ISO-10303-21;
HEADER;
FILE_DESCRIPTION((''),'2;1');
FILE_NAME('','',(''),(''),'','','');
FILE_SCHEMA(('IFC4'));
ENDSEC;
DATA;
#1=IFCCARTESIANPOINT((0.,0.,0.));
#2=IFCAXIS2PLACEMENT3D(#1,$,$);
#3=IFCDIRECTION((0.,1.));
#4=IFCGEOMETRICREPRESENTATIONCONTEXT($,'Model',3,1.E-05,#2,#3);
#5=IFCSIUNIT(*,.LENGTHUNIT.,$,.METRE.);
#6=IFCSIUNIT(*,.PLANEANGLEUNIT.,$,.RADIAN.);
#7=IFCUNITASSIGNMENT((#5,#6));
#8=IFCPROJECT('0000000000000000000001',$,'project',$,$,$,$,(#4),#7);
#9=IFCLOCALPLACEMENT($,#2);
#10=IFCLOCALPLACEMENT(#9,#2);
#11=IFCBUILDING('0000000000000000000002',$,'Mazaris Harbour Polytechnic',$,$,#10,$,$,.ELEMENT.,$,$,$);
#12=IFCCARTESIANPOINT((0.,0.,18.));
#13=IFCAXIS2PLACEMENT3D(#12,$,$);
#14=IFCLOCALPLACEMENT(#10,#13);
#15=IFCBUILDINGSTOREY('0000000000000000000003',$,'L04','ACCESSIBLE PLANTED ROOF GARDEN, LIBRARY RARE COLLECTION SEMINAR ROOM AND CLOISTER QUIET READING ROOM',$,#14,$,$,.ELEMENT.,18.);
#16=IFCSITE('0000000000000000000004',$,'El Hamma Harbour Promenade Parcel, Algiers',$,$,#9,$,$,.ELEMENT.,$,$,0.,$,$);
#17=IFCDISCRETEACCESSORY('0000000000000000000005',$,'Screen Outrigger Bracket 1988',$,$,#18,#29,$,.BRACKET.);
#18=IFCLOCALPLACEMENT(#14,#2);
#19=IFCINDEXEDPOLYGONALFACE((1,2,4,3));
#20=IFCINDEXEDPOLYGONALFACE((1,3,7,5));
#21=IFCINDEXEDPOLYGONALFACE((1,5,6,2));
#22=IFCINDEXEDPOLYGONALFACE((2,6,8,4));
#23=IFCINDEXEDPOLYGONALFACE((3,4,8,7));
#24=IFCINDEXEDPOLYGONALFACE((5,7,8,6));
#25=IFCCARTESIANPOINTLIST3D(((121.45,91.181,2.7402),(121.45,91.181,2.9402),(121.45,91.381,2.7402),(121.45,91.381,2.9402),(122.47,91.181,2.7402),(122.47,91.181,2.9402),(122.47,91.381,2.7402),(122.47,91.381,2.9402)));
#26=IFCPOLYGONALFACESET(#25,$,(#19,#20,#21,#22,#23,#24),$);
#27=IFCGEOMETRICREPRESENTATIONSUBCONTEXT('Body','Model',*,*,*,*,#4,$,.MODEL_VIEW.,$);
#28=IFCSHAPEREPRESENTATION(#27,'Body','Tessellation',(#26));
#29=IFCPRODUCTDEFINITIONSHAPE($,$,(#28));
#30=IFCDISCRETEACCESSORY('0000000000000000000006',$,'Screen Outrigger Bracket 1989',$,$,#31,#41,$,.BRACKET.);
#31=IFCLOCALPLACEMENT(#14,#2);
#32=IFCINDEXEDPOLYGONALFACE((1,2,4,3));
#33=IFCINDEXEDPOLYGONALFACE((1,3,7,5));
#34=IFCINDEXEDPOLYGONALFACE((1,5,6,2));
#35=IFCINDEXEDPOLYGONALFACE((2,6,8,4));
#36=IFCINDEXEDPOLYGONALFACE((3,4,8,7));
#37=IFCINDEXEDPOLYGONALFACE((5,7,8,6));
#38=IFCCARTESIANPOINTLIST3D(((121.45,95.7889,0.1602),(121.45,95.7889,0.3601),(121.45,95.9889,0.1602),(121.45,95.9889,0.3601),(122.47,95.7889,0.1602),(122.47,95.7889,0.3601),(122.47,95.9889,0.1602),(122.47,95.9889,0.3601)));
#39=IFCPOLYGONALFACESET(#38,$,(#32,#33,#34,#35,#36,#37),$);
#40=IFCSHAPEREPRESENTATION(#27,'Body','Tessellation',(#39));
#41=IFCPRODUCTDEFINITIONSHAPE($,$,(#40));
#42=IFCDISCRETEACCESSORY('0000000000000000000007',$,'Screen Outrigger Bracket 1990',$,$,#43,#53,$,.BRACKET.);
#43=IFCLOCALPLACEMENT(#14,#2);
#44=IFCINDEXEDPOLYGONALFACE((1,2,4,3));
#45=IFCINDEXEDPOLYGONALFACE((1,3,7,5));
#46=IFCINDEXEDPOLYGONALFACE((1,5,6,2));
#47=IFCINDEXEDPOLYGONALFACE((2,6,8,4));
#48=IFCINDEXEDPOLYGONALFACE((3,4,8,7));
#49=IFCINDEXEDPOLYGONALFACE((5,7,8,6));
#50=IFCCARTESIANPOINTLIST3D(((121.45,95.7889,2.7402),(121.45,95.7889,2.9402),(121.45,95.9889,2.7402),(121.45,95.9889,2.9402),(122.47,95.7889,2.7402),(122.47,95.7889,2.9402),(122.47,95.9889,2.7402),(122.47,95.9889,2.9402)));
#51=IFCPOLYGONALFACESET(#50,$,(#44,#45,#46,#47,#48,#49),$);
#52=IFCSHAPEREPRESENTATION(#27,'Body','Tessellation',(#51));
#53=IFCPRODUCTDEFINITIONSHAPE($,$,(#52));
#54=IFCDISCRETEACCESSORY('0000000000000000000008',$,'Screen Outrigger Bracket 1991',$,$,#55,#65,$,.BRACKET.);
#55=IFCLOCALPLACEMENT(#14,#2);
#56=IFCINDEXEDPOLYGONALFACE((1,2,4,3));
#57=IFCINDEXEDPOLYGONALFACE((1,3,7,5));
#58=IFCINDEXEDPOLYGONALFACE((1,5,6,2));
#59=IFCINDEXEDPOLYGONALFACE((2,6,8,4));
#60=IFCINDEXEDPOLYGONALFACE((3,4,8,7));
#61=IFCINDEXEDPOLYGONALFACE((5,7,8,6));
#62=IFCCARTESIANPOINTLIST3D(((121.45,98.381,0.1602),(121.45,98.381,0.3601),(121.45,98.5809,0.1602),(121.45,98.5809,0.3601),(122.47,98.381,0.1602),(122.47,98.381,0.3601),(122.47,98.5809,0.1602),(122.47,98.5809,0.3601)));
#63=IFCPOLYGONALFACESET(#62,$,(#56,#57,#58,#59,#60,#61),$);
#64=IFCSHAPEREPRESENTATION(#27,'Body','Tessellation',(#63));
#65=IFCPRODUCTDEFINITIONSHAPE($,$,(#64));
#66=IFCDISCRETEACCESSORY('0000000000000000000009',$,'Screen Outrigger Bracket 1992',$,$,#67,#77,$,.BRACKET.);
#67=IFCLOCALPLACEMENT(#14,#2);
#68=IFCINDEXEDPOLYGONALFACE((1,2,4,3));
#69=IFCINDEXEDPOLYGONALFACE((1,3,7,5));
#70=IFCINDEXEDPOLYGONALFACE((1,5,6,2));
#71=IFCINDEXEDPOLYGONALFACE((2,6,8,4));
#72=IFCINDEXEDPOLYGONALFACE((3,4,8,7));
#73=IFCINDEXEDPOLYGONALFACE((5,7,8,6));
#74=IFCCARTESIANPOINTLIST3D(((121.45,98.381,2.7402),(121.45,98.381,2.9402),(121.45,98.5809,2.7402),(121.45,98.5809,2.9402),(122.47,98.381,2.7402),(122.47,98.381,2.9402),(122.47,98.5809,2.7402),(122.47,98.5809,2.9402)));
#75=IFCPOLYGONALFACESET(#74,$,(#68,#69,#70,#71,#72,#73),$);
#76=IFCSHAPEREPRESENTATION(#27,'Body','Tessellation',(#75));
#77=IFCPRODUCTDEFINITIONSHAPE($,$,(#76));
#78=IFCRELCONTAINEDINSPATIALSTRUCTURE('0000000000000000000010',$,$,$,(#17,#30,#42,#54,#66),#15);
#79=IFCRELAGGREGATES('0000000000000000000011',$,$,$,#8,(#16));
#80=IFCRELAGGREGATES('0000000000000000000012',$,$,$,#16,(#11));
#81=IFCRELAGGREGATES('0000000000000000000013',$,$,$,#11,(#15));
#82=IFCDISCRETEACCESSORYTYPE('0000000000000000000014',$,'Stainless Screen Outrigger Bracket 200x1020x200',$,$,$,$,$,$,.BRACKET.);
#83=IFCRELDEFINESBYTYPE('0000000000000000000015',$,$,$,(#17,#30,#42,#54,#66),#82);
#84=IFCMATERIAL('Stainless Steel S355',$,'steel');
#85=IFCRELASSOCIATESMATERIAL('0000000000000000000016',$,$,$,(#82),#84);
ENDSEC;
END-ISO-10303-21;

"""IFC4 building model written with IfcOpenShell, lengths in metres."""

from ifc_helpers import new_model, si_unit, direction, frame, origin, origin_2d, place, context, subcontext, project, spatial, rectangle, extrude, material, type_object, element, save


model = new_model("IFC4")

# Units and contexts
model_context = context("Model", 3, precision=1e-05, world=origin(), true_north=direction((0.0, 1.0)))
body_context = subcontext(model_context, "Body", "Model", "MODEL_VIEW")
ifc_project = project(units=[si_unit("LENGTHUNIT", "METRE"), si_unit("PLANEANGLEUNIT", "RADIAN")], contexts=[model_context])

# Site, building, storey
site_placement = place(None, origin())
site = spatial("IfcSite", under=ifc_project, at=site_placement, Name="El Hamma Harbour Promenade Parcel, Algiers", CompositionType="ELEMENT", RefElevation=0.0)
building_placement = place(site_placement, origin())
building = spatial("IfcBuilding", under=site, at=building_placement, Name="Mazaris Harbour Polytechnic", CompositionType="ELEMENT")
storey_placement = place(building_placement, frame((0.0, 0.0, 18.0)))
storey = spatial("IfcBuildingStorey", under=building, at=storey_placement, Name="L04", Description="ACCESSIBLE PLANTED ROOF GARDEN, LIBRARY RARE COLLECTION SEMINAR ROOM AND CLOISTER QUIET READING ROOM", CompositionType="ELEMENT", Elevation=18.0)

# Discrete accessories
ifc_material_1 = material(Name="Stainless Steel S355", Category="steel")
discrete_accessory_type = type_object("IfcDiscreteAccessoryType", Name="Stainless Screen Outrigger Bracket 200x1020x200", PredefinedType="BRACKET", material=ifc_material_1)
for number, where, z_axis, x_axis, name in (
    (1, (121.96, 91.281, 2.7402), (0.0, 0.0, 1.0), (0.0, 1.0, 0.0), "Screen Outrigger Bracket 1988"),
    (2, (121.96, 95.8889, 0.1602), (0.0, 0.0, 1.0), (0.0, 1.0, 0.0), "Screen Outrigger Bracket 1989"),
    (3, (121.96, 95.8889, 2.7402), (0.0, 0.0, 1.0), (0.0, 1.0, 0.0), "Screen Outrigger Bracket 1990"),
    (4, (121.96, 98.481, 0.1602), (0.0, 0.0, 1.0), (0.0, 1.0, 0.0), "Screen Outrigger Bracket 1991"),
    (5, (121.96, 98.481, 2.7402), (0.0, 0.0, 1.0), (0.0, 1.0, 0.0), "Screen Outrigger Bracket 1992"),
):
    element("IfcDiscreteAccessory", number, at=place(storey_placement, frame(where, z_axis=z_axis, x_axis=x_axis)), inside=storey, type_object=discrete_accessory_type, Name=name, PredefinedType="BRACKET", context=body_context, shape_type="SweptSolid", body=[
        extrude(rectangle(XDim=0.2, YDim=1.02, at=origin_2d()), origin(), (0.0, 0.0, 1.0), 0.2),
    ])

save(model, "model.ifc")
